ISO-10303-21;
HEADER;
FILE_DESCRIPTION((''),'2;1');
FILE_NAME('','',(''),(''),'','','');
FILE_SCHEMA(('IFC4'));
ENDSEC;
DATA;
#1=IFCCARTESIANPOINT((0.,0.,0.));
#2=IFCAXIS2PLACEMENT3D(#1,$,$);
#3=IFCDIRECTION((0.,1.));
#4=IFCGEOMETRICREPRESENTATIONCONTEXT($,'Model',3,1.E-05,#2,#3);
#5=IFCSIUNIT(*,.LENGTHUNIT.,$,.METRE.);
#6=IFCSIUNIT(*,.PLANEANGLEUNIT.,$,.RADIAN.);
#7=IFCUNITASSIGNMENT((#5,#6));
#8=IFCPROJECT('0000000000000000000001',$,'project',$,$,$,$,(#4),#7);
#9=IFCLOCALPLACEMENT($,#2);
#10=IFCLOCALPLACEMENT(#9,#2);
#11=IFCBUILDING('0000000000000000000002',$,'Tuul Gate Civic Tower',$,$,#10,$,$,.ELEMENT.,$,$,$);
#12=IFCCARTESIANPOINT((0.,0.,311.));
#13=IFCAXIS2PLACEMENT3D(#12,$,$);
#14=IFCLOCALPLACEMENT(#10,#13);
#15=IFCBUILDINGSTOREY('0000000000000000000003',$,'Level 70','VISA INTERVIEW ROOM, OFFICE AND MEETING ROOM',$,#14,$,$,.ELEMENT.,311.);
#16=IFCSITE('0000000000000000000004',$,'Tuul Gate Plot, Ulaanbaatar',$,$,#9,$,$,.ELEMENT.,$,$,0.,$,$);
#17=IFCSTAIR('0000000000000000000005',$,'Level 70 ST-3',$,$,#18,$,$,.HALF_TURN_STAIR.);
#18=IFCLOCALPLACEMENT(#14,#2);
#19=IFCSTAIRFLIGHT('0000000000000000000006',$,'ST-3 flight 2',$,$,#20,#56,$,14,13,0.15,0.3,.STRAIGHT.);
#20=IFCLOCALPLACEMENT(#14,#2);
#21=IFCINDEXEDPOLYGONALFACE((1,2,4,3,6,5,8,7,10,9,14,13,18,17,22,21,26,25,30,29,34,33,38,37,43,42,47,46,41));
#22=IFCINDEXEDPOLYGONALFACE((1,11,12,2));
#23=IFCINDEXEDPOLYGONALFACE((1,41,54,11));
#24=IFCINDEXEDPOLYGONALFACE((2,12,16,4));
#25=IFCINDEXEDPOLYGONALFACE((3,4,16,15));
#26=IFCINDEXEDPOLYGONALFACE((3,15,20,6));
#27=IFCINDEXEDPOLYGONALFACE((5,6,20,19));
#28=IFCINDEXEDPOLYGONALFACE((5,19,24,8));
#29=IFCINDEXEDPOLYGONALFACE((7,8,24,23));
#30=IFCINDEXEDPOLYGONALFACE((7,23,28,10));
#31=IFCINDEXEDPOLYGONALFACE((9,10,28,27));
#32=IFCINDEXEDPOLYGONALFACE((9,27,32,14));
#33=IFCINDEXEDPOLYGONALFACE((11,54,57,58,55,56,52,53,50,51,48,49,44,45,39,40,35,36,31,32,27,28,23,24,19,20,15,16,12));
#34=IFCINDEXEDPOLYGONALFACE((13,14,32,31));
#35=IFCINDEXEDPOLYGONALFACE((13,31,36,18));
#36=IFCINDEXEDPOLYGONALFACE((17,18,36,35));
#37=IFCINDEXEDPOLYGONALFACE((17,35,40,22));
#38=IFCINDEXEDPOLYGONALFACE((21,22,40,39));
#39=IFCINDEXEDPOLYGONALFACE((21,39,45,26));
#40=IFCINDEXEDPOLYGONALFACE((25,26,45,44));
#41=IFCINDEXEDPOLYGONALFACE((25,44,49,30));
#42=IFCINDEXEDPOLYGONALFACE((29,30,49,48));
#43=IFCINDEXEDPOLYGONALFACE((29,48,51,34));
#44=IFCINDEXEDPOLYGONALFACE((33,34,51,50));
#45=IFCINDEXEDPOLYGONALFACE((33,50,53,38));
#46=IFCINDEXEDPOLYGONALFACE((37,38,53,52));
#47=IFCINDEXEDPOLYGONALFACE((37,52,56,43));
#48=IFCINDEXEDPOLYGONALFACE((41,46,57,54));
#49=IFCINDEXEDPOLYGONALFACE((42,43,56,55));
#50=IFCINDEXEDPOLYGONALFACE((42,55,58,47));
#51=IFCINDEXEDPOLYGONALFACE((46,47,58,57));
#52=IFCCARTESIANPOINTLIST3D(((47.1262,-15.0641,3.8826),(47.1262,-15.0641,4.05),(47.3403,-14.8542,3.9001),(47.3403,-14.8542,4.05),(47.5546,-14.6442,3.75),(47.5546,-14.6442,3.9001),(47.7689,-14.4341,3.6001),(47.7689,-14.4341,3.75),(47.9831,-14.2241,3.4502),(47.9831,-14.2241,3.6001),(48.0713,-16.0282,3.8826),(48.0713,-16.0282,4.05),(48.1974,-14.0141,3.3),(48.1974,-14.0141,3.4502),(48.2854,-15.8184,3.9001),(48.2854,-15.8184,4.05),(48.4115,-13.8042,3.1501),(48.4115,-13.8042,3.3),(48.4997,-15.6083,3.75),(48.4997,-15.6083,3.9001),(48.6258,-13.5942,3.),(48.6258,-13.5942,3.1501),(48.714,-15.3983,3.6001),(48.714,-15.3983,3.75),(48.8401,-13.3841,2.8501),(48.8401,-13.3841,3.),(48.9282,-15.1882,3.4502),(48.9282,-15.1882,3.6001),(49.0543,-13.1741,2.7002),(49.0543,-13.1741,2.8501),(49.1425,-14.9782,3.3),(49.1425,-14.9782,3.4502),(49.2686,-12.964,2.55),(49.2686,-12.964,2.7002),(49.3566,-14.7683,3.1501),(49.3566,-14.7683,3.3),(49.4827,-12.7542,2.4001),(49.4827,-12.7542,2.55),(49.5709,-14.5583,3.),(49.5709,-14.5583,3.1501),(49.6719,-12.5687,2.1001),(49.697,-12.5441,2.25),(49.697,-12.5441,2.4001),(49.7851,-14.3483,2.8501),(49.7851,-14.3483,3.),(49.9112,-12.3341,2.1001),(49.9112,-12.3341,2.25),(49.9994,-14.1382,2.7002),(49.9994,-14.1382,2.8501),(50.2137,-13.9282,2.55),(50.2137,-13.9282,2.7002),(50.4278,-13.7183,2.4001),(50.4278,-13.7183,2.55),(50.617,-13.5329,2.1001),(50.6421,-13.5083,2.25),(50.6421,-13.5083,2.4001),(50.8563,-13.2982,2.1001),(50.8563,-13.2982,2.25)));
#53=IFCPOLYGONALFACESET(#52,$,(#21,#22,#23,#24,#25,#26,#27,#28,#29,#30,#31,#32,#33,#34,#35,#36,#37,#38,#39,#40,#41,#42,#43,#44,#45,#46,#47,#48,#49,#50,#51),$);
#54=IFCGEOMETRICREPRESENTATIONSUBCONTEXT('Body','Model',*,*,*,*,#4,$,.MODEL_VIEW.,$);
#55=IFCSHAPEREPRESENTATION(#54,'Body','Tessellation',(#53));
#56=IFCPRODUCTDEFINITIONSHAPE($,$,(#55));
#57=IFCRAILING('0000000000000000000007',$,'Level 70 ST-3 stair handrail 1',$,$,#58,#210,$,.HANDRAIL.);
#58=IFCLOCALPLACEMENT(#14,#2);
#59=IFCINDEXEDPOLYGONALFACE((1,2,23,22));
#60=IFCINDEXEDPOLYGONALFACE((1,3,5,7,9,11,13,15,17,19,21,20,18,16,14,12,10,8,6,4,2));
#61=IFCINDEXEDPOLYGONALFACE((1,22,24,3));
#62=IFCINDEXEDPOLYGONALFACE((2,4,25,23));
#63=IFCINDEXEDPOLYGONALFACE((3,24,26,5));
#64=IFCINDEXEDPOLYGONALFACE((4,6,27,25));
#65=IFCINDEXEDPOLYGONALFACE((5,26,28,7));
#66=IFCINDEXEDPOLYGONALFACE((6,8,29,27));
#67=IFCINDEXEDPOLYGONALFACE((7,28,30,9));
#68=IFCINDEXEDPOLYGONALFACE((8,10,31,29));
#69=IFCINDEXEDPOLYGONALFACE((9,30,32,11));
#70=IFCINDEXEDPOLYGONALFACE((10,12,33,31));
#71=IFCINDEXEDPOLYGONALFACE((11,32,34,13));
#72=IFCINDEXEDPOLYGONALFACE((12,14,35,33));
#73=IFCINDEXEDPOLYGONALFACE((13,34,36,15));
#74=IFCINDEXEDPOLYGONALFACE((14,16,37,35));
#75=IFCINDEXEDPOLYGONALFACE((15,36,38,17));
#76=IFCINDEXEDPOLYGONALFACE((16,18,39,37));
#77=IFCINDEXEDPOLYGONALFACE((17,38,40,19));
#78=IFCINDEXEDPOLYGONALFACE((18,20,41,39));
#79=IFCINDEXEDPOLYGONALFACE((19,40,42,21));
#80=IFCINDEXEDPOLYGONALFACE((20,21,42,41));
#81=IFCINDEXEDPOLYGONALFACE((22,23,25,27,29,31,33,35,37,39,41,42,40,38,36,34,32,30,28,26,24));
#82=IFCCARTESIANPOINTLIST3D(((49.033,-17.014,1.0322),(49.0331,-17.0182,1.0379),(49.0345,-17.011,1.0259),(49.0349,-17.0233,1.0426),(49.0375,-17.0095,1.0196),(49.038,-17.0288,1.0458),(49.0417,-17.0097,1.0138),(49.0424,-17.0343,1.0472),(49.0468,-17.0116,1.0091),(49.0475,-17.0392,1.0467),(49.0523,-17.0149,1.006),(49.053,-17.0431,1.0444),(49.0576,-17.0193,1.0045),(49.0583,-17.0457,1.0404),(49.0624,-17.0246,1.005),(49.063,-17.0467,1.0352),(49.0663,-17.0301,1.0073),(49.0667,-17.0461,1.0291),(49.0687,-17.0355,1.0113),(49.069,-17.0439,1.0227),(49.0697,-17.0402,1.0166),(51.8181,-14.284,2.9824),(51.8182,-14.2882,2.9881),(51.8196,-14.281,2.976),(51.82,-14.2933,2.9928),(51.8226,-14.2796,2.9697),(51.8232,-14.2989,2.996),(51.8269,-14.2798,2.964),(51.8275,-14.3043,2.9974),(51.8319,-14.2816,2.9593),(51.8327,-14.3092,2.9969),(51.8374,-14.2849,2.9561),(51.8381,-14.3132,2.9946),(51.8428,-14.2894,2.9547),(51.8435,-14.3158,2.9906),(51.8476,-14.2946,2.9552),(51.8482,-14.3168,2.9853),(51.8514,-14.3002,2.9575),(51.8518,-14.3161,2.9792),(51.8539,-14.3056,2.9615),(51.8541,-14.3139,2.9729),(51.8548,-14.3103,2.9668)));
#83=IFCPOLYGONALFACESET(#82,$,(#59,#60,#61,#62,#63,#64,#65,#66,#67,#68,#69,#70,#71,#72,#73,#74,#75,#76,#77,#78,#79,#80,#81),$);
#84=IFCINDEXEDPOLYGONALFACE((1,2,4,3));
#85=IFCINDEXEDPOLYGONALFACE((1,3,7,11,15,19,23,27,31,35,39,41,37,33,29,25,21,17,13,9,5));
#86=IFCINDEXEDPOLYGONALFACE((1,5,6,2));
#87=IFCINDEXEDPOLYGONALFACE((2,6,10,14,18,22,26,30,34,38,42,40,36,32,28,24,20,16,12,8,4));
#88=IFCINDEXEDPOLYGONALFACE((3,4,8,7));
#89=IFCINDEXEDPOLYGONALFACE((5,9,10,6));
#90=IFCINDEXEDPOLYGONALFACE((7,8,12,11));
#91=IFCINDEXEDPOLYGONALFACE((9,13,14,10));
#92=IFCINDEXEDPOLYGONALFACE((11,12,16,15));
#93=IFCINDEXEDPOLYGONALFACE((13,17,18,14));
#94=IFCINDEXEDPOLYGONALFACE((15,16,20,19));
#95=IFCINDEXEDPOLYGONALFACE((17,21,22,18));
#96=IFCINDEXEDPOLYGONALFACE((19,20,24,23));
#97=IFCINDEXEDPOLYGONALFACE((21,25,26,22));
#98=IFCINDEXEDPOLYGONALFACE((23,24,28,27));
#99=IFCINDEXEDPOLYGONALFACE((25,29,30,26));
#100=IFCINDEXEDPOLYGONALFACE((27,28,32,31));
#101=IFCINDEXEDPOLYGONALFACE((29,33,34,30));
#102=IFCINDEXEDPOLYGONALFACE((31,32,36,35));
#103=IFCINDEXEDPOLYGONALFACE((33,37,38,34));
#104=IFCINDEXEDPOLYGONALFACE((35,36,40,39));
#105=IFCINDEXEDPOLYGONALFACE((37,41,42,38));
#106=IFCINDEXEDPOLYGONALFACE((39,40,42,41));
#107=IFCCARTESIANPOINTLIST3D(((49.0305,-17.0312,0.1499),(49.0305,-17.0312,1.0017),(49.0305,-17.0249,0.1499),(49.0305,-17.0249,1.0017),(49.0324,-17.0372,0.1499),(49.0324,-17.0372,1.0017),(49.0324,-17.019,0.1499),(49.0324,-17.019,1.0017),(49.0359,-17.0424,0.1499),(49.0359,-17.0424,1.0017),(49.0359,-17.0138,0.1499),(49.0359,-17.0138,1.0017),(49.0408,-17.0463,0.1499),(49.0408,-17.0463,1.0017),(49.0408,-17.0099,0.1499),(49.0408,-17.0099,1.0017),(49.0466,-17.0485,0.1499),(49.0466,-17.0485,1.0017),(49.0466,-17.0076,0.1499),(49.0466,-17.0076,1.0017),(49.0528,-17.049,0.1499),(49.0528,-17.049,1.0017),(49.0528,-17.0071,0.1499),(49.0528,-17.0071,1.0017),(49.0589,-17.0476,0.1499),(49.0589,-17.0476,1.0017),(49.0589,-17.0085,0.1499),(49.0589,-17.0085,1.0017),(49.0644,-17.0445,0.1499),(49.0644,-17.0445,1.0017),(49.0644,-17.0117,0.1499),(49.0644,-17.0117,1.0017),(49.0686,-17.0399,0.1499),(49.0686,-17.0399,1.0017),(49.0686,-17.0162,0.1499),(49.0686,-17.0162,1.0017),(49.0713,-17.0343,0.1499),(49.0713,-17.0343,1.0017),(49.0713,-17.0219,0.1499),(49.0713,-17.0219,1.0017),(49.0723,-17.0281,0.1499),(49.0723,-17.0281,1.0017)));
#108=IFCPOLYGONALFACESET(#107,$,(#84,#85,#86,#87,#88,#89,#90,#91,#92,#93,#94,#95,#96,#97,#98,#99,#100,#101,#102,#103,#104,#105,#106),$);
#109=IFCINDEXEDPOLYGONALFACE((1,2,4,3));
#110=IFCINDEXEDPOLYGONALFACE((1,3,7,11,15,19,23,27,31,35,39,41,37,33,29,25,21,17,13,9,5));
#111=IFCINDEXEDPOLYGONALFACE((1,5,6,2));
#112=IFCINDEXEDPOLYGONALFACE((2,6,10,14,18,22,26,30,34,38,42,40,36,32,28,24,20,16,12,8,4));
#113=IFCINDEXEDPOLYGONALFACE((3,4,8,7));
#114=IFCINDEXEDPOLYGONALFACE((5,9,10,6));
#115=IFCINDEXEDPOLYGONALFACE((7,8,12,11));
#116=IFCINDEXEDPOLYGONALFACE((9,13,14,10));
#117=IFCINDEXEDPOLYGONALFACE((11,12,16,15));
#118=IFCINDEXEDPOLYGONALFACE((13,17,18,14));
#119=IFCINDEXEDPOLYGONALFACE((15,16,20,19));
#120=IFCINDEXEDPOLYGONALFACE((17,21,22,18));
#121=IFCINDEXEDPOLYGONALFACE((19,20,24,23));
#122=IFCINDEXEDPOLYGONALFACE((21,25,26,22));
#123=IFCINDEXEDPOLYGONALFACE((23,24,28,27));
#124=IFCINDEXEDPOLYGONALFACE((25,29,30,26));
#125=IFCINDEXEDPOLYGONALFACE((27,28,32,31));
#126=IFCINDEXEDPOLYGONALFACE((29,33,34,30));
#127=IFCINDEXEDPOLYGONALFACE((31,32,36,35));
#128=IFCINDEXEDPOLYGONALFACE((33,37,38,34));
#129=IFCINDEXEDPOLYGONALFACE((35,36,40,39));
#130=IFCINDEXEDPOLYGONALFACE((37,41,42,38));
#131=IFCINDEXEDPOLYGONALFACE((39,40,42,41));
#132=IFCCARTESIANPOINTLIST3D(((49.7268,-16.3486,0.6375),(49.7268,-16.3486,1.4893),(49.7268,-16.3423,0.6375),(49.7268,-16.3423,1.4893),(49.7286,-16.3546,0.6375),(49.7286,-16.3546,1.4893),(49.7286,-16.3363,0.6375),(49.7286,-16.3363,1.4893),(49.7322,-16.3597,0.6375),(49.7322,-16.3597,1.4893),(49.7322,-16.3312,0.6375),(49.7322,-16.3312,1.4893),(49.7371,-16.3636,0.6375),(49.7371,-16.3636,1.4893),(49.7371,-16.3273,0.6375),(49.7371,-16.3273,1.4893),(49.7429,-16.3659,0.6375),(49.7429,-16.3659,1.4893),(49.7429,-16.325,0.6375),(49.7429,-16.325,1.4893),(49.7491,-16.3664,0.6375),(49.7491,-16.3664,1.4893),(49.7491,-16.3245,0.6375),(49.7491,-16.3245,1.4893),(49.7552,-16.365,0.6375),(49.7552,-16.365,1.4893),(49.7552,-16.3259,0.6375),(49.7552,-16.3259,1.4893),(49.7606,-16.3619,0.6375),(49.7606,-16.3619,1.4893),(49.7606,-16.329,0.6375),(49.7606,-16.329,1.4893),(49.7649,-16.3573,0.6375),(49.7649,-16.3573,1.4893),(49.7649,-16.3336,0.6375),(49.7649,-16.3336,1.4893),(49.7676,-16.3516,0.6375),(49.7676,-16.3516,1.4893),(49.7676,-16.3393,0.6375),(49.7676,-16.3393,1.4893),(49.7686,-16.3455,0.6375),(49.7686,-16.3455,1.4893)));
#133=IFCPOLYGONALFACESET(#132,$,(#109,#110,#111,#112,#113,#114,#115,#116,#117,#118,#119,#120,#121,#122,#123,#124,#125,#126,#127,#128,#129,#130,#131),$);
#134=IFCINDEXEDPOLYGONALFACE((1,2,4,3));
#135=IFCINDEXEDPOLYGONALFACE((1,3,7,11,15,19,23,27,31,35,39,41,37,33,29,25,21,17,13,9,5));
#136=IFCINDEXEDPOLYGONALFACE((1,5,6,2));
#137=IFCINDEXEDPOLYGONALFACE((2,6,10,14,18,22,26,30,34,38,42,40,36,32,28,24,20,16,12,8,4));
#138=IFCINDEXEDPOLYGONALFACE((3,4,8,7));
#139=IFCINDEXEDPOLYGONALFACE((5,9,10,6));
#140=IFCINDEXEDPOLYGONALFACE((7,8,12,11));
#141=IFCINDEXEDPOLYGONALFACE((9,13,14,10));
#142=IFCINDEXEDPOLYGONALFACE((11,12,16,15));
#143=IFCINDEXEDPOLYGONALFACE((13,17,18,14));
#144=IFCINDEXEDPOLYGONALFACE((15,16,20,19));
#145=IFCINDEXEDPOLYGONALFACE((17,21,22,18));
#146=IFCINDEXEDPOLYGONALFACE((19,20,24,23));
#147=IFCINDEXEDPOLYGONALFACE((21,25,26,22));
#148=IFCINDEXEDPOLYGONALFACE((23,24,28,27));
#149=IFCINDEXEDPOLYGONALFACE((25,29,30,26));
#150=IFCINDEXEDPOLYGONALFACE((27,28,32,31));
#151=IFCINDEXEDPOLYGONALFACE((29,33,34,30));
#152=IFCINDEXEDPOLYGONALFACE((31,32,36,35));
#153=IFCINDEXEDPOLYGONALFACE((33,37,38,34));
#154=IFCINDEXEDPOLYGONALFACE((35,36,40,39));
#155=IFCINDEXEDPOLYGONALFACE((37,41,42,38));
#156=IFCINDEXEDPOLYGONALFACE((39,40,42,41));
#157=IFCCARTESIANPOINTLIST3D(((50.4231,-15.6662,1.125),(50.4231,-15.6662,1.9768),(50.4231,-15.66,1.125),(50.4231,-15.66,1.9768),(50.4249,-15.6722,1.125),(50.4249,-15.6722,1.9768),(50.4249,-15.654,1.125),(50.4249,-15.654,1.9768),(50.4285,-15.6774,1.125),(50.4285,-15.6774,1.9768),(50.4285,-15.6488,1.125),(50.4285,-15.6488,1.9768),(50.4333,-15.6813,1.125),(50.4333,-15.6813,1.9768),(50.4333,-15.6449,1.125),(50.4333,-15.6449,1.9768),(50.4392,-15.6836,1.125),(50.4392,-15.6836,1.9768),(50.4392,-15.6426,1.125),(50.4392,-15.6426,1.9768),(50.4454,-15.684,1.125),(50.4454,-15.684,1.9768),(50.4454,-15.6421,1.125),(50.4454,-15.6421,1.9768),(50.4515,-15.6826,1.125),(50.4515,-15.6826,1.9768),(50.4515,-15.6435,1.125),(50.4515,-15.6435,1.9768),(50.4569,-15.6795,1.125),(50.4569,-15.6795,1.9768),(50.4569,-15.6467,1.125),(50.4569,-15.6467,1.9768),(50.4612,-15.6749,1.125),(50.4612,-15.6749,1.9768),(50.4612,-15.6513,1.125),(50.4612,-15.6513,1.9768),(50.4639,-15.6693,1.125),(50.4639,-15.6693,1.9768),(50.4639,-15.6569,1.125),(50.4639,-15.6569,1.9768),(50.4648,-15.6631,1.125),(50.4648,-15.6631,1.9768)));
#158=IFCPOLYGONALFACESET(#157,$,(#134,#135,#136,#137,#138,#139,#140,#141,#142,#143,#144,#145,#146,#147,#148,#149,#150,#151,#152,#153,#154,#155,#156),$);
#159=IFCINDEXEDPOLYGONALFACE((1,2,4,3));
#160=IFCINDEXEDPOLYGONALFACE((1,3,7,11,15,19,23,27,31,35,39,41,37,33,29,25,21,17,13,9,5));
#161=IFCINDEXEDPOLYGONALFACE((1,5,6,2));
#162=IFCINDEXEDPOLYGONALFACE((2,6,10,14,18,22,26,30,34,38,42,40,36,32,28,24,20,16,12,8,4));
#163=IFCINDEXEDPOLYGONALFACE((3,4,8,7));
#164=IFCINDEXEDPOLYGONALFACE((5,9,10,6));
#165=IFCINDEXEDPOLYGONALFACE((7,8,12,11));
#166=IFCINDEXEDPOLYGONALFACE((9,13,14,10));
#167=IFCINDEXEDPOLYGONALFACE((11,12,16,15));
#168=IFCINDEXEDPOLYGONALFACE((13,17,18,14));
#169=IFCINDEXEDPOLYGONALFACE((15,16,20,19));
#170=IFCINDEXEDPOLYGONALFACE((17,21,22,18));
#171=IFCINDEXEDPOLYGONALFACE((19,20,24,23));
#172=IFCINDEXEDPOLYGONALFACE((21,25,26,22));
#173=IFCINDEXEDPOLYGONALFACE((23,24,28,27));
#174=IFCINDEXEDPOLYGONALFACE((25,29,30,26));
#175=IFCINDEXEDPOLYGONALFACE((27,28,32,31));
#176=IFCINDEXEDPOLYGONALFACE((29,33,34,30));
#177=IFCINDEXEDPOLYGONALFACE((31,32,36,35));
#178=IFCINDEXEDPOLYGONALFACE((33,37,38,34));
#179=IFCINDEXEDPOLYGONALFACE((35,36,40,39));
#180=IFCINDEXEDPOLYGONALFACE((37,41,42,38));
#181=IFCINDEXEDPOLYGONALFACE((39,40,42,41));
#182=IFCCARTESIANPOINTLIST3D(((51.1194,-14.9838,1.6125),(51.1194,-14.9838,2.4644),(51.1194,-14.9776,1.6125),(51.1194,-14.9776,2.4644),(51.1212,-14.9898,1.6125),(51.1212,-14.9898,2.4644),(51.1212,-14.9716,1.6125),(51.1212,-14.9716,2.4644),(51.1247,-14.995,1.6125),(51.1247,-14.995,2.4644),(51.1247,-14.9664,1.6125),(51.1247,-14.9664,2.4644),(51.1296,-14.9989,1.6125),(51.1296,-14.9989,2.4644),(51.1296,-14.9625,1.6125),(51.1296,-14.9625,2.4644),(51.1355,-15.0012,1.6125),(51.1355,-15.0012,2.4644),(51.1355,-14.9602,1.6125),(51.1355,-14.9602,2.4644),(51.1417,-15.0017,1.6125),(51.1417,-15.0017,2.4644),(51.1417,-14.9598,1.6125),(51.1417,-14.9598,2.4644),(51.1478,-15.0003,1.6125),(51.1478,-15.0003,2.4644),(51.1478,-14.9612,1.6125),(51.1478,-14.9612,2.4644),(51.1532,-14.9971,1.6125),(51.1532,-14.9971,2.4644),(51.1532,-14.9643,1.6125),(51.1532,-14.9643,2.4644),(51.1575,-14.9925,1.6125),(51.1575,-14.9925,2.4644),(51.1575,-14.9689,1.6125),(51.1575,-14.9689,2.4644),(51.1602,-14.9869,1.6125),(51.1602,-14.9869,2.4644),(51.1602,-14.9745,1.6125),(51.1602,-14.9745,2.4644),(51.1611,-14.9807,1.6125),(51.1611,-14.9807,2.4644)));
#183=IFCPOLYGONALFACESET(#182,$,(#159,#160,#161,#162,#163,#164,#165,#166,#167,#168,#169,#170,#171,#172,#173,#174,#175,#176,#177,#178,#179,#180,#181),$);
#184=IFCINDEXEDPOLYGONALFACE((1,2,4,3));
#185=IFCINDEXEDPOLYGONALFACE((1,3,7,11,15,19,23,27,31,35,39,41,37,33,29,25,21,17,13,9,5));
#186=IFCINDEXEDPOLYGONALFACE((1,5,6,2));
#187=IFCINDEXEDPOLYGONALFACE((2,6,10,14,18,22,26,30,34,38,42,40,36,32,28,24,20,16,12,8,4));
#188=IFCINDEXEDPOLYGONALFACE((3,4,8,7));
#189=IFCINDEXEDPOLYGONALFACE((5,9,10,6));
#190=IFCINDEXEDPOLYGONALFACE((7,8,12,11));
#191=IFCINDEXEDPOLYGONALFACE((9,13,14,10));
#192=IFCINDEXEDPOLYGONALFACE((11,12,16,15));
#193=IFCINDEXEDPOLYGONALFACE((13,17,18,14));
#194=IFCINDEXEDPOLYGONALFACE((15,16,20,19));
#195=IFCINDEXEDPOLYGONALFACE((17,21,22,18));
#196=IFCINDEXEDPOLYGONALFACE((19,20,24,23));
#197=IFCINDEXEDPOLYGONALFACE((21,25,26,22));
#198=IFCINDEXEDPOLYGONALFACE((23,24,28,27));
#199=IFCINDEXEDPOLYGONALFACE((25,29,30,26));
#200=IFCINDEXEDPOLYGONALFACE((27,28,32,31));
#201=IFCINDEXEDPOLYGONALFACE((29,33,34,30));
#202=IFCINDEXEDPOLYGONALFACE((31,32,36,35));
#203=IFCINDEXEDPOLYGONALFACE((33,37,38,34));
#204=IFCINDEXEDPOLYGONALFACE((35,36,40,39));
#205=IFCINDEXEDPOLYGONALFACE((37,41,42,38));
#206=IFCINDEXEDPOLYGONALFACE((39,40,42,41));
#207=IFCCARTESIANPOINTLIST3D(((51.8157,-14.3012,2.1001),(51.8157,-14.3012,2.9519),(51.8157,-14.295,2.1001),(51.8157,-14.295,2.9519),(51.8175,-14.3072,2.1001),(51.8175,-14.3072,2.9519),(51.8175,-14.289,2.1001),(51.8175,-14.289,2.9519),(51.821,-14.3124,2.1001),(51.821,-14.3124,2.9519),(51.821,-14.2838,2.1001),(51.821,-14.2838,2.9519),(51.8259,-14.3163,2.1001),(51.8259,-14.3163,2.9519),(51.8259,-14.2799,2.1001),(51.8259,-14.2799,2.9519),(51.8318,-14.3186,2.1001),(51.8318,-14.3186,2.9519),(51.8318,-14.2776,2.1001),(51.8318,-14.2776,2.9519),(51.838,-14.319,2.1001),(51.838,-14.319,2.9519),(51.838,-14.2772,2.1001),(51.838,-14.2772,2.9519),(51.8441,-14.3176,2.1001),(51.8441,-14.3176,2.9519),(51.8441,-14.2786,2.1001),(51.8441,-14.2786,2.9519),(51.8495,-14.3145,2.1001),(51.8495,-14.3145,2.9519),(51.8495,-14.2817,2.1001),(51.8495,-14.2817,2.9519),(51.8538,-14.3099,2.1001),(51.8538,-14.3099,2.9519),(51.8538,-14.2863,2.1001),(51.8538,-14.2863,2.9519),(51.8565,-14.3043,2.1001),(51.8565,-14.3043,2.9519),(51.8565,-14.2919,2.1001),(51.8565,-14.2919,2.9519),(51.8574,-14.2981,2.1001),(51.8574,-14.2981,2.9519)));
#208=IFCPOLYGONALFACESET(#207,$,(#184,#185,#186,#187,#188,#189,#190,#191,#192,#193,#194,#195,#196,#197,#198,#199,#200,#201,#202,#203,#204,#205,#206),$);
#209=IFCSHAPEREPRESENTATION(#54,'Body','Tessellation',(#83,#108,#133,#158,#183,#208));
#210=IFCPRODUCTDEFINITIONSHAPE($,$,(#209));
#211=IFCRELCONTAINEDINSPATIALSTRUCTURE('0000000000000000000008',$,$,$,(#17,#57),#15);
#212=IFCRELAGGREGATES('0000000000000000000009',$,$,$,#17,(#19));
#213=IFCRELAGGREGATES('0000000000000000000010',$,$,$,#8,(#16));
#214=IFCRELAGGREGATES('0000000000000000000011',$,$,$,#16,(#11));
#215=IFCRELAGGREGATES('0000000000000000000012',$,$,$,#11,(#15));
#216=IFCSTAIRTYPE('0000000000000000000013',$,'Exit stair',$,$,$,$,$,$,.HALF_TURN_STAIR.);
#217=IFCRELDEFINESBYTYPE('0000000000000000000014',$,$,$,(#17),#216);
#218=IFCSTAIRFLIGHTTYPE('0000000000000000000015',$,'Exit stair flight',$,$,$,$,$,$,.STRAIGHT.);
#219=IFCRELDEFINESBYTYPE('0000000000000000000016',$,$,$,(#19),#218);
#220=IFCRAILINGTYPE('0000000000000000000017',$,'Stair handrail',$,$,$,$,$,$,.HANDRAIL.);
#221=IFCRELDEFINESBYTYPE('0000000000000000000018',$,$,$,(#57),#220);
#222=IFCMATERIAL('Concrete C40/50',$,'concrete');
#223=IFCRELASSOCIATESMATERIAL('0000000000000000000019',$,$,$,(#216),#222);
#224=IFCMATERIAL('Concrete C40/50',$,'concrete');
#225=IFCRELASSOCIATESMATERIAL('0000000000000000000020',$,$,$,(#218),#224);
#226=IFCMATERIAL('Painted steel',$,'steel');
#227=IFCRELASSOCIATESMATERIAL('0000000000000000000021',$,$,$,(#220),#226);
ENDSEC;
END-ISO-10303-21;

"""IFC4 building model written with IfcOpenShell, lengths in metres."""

from ifc_helpers import new_model, si_unit, direction, frame, origin, origin_2d, place, context, subcontext, project, spatial, polyline, circle, outline, extrude, material, type_object, element, aggregate, save


model = new_model("IFC4")

# Units and contexts
model_context = context("Model", 3, precision=1e-05, world=origin(), true_north=direction((0.0, 1.0)))
body_context = subcontext(model_context, "Body", "Model", "MODEL_VIEW")
ifc_project = project(units=[si_unit("LENGTHUNIT", "METRE"), si_unit("PLANEANGLEUNIT", "RADIAN")], contexts=[model_context])

# Site, building, storey
site_placement = place(None, origin())
site = spatial("IfcSite", under=ifc_project, at=site_placement, Name="Tuul Gate Plot, Ulaanbaatar", CompositionType="ELEMENT", RefElevation=0.0)
building_placement = place(site_placement, origin())
building = spatial("IfcBuilding", under=site, at=building_placement, Name="Tuul Gate Civic Tower", CompositionType="ELEMENT")
storey_placement = place(building_placement, frame((0.0, 0.0, 311.0)))
storey = spatial("IfcBuildingStorey", under=building, at=storey_placement, Name="Level 70", Description="VISA INTERVIEW ROOM, OFFICE AND MEETING ROOM", CompositionType="ELEMENT", Elevation=311.0)

# Stair, stair flight
ifc_material_1 = material(Name="Concrete C40/50", Category="concrete")
stair_type = type_object("IfcStairType", Name="Exit stair", PredefinedType="HALF_TURN_STAIR", material=ifc_material_1)
stair_placement = place(storey_placement, origin())
stair = element("IfcStair", 1, at=stair_placement, inside=storey, type_object=stair_type, Name="Level 70 ST-3", PredefinedType="HALF_TURN_STAIR")
ifc_material_2 = material(Name="Concrete C40/50", Category="concrete")
stair_flight_type = type_object("IfcStairFlightType", Name="Exit stair flight", PredefinedType="STRAIGHT", material=ifc_material_2)
stair_flight_placement = place(storey_placement, frame((50.3838, -12.8162, 2.1001), z_axis=(0.0, 0.0, 1.0), x_axis=(-0.714127, -0.700016, 0.0)))
stair_flight = element("IfcStairFlight", 2, at=stair_flight_placement, type_object=stair_flight_type, Name="ST-3 flight 2", NumberOfRisers=14, NumberOfTreads=13, PredefinedType="STRAIGHT", RiserHeight=0.15, TreadLength=0.3, context=body_context, shape_type="SweptSolid", body=[
    extrude(outline(polyline([(0.0, 0.0), (0.0, 0.1499), (0.3, 0.1499), (0.3, 0.3), (0.6001, 0.3), (0.6001, 0.45), (0.8999, 0.45), (0.8999, 0.6001), (1.2, 0.6001), (1.2, 0.75), (1.5, 0.75), (1.5, 0.8999), (1.8, 0.8999), (1.8, 1.05), (2.1001, 1.05), (2.1001, 1.2), (2.3999, 1.2), (2.3999, 1.3501), (2.7, 1.3501), (2.7, 1.5), (3.0, 1.5), (3.0, 1.6499), (3.3, 1.6499), (3.3, 1.8), (3.6001, 1.8), (3.6001, 1.95), (3.8999, 1.95), (3.8999, 2.1001), (3.8999, 1.7825), (0.3352, 0.0), (0.0, 0.0)])), frame((0.0, 0.675, 0.0), z_axis=(0.0, -1.0, 0.0), x_axis=(1.0, 0.0, 0.0)), (0.0, 0.0, 1.0), 1.3501),
])
aggregate(stair, [stair_flight])

# Railing
ifc_material_3 = material(Name="Painted steel", Category="steel")
railing_type = type_object("IfcRailingType", Name="Stair handrail", PredefinedType="HANDRAIL", material=ifc_material_3)
railing_1_placement = place(storey_placement, frame((49.0513, -17.0281, 0.1499)))
element("IfcRailing", 3, at=railing_1_placement, inside=storey, type_object=railing_type, Name="Level 70 ST-3 stair handrail 1", PredefinedType="HANDRAIL", context=body_context, shape_type="SweptSolid", body=[
    extrude(circle(Radius=0.0239, at=origin_2d()), frame((0.0, 0.0, 0.876), z_axis=(0.638738, 0.626084, 0.447251), x_axis=(-0.699998, 0.714145, 0.0)), (0.0, 0.0, 1.0), 4.3604),
    extrude(circle(Radius=0.021, at=origin_2d()), origin(), (0.0, 0.0, 1.0), 0.8518),
    extrude(circle(Radius=0.021, at=origin_2d()), frame((0.6963, 0.6826, 0.4875)), (0.0, 0.0, 1.0), 0.8518),
    extrude(circle(Radius=0.021, at=origin_2d()), frame((1.3926, 1.365, 0.9751)), (0.0, 0.0, 1.0), 0.8518),
    extrude(circle(Radius=0.021, at=origin_2d()), frame((2.0889, 2.0474, 1.4626)), (0.0, 0.0, 1.0), 0.8518),
    extrude(circle(Radius=0.021, at=origin_2d()), frame((2.7852, 2.73, 1.9502)), (0.0, 0.0, 1.0), 0.8518),
])

save(model, "model.ifc")
